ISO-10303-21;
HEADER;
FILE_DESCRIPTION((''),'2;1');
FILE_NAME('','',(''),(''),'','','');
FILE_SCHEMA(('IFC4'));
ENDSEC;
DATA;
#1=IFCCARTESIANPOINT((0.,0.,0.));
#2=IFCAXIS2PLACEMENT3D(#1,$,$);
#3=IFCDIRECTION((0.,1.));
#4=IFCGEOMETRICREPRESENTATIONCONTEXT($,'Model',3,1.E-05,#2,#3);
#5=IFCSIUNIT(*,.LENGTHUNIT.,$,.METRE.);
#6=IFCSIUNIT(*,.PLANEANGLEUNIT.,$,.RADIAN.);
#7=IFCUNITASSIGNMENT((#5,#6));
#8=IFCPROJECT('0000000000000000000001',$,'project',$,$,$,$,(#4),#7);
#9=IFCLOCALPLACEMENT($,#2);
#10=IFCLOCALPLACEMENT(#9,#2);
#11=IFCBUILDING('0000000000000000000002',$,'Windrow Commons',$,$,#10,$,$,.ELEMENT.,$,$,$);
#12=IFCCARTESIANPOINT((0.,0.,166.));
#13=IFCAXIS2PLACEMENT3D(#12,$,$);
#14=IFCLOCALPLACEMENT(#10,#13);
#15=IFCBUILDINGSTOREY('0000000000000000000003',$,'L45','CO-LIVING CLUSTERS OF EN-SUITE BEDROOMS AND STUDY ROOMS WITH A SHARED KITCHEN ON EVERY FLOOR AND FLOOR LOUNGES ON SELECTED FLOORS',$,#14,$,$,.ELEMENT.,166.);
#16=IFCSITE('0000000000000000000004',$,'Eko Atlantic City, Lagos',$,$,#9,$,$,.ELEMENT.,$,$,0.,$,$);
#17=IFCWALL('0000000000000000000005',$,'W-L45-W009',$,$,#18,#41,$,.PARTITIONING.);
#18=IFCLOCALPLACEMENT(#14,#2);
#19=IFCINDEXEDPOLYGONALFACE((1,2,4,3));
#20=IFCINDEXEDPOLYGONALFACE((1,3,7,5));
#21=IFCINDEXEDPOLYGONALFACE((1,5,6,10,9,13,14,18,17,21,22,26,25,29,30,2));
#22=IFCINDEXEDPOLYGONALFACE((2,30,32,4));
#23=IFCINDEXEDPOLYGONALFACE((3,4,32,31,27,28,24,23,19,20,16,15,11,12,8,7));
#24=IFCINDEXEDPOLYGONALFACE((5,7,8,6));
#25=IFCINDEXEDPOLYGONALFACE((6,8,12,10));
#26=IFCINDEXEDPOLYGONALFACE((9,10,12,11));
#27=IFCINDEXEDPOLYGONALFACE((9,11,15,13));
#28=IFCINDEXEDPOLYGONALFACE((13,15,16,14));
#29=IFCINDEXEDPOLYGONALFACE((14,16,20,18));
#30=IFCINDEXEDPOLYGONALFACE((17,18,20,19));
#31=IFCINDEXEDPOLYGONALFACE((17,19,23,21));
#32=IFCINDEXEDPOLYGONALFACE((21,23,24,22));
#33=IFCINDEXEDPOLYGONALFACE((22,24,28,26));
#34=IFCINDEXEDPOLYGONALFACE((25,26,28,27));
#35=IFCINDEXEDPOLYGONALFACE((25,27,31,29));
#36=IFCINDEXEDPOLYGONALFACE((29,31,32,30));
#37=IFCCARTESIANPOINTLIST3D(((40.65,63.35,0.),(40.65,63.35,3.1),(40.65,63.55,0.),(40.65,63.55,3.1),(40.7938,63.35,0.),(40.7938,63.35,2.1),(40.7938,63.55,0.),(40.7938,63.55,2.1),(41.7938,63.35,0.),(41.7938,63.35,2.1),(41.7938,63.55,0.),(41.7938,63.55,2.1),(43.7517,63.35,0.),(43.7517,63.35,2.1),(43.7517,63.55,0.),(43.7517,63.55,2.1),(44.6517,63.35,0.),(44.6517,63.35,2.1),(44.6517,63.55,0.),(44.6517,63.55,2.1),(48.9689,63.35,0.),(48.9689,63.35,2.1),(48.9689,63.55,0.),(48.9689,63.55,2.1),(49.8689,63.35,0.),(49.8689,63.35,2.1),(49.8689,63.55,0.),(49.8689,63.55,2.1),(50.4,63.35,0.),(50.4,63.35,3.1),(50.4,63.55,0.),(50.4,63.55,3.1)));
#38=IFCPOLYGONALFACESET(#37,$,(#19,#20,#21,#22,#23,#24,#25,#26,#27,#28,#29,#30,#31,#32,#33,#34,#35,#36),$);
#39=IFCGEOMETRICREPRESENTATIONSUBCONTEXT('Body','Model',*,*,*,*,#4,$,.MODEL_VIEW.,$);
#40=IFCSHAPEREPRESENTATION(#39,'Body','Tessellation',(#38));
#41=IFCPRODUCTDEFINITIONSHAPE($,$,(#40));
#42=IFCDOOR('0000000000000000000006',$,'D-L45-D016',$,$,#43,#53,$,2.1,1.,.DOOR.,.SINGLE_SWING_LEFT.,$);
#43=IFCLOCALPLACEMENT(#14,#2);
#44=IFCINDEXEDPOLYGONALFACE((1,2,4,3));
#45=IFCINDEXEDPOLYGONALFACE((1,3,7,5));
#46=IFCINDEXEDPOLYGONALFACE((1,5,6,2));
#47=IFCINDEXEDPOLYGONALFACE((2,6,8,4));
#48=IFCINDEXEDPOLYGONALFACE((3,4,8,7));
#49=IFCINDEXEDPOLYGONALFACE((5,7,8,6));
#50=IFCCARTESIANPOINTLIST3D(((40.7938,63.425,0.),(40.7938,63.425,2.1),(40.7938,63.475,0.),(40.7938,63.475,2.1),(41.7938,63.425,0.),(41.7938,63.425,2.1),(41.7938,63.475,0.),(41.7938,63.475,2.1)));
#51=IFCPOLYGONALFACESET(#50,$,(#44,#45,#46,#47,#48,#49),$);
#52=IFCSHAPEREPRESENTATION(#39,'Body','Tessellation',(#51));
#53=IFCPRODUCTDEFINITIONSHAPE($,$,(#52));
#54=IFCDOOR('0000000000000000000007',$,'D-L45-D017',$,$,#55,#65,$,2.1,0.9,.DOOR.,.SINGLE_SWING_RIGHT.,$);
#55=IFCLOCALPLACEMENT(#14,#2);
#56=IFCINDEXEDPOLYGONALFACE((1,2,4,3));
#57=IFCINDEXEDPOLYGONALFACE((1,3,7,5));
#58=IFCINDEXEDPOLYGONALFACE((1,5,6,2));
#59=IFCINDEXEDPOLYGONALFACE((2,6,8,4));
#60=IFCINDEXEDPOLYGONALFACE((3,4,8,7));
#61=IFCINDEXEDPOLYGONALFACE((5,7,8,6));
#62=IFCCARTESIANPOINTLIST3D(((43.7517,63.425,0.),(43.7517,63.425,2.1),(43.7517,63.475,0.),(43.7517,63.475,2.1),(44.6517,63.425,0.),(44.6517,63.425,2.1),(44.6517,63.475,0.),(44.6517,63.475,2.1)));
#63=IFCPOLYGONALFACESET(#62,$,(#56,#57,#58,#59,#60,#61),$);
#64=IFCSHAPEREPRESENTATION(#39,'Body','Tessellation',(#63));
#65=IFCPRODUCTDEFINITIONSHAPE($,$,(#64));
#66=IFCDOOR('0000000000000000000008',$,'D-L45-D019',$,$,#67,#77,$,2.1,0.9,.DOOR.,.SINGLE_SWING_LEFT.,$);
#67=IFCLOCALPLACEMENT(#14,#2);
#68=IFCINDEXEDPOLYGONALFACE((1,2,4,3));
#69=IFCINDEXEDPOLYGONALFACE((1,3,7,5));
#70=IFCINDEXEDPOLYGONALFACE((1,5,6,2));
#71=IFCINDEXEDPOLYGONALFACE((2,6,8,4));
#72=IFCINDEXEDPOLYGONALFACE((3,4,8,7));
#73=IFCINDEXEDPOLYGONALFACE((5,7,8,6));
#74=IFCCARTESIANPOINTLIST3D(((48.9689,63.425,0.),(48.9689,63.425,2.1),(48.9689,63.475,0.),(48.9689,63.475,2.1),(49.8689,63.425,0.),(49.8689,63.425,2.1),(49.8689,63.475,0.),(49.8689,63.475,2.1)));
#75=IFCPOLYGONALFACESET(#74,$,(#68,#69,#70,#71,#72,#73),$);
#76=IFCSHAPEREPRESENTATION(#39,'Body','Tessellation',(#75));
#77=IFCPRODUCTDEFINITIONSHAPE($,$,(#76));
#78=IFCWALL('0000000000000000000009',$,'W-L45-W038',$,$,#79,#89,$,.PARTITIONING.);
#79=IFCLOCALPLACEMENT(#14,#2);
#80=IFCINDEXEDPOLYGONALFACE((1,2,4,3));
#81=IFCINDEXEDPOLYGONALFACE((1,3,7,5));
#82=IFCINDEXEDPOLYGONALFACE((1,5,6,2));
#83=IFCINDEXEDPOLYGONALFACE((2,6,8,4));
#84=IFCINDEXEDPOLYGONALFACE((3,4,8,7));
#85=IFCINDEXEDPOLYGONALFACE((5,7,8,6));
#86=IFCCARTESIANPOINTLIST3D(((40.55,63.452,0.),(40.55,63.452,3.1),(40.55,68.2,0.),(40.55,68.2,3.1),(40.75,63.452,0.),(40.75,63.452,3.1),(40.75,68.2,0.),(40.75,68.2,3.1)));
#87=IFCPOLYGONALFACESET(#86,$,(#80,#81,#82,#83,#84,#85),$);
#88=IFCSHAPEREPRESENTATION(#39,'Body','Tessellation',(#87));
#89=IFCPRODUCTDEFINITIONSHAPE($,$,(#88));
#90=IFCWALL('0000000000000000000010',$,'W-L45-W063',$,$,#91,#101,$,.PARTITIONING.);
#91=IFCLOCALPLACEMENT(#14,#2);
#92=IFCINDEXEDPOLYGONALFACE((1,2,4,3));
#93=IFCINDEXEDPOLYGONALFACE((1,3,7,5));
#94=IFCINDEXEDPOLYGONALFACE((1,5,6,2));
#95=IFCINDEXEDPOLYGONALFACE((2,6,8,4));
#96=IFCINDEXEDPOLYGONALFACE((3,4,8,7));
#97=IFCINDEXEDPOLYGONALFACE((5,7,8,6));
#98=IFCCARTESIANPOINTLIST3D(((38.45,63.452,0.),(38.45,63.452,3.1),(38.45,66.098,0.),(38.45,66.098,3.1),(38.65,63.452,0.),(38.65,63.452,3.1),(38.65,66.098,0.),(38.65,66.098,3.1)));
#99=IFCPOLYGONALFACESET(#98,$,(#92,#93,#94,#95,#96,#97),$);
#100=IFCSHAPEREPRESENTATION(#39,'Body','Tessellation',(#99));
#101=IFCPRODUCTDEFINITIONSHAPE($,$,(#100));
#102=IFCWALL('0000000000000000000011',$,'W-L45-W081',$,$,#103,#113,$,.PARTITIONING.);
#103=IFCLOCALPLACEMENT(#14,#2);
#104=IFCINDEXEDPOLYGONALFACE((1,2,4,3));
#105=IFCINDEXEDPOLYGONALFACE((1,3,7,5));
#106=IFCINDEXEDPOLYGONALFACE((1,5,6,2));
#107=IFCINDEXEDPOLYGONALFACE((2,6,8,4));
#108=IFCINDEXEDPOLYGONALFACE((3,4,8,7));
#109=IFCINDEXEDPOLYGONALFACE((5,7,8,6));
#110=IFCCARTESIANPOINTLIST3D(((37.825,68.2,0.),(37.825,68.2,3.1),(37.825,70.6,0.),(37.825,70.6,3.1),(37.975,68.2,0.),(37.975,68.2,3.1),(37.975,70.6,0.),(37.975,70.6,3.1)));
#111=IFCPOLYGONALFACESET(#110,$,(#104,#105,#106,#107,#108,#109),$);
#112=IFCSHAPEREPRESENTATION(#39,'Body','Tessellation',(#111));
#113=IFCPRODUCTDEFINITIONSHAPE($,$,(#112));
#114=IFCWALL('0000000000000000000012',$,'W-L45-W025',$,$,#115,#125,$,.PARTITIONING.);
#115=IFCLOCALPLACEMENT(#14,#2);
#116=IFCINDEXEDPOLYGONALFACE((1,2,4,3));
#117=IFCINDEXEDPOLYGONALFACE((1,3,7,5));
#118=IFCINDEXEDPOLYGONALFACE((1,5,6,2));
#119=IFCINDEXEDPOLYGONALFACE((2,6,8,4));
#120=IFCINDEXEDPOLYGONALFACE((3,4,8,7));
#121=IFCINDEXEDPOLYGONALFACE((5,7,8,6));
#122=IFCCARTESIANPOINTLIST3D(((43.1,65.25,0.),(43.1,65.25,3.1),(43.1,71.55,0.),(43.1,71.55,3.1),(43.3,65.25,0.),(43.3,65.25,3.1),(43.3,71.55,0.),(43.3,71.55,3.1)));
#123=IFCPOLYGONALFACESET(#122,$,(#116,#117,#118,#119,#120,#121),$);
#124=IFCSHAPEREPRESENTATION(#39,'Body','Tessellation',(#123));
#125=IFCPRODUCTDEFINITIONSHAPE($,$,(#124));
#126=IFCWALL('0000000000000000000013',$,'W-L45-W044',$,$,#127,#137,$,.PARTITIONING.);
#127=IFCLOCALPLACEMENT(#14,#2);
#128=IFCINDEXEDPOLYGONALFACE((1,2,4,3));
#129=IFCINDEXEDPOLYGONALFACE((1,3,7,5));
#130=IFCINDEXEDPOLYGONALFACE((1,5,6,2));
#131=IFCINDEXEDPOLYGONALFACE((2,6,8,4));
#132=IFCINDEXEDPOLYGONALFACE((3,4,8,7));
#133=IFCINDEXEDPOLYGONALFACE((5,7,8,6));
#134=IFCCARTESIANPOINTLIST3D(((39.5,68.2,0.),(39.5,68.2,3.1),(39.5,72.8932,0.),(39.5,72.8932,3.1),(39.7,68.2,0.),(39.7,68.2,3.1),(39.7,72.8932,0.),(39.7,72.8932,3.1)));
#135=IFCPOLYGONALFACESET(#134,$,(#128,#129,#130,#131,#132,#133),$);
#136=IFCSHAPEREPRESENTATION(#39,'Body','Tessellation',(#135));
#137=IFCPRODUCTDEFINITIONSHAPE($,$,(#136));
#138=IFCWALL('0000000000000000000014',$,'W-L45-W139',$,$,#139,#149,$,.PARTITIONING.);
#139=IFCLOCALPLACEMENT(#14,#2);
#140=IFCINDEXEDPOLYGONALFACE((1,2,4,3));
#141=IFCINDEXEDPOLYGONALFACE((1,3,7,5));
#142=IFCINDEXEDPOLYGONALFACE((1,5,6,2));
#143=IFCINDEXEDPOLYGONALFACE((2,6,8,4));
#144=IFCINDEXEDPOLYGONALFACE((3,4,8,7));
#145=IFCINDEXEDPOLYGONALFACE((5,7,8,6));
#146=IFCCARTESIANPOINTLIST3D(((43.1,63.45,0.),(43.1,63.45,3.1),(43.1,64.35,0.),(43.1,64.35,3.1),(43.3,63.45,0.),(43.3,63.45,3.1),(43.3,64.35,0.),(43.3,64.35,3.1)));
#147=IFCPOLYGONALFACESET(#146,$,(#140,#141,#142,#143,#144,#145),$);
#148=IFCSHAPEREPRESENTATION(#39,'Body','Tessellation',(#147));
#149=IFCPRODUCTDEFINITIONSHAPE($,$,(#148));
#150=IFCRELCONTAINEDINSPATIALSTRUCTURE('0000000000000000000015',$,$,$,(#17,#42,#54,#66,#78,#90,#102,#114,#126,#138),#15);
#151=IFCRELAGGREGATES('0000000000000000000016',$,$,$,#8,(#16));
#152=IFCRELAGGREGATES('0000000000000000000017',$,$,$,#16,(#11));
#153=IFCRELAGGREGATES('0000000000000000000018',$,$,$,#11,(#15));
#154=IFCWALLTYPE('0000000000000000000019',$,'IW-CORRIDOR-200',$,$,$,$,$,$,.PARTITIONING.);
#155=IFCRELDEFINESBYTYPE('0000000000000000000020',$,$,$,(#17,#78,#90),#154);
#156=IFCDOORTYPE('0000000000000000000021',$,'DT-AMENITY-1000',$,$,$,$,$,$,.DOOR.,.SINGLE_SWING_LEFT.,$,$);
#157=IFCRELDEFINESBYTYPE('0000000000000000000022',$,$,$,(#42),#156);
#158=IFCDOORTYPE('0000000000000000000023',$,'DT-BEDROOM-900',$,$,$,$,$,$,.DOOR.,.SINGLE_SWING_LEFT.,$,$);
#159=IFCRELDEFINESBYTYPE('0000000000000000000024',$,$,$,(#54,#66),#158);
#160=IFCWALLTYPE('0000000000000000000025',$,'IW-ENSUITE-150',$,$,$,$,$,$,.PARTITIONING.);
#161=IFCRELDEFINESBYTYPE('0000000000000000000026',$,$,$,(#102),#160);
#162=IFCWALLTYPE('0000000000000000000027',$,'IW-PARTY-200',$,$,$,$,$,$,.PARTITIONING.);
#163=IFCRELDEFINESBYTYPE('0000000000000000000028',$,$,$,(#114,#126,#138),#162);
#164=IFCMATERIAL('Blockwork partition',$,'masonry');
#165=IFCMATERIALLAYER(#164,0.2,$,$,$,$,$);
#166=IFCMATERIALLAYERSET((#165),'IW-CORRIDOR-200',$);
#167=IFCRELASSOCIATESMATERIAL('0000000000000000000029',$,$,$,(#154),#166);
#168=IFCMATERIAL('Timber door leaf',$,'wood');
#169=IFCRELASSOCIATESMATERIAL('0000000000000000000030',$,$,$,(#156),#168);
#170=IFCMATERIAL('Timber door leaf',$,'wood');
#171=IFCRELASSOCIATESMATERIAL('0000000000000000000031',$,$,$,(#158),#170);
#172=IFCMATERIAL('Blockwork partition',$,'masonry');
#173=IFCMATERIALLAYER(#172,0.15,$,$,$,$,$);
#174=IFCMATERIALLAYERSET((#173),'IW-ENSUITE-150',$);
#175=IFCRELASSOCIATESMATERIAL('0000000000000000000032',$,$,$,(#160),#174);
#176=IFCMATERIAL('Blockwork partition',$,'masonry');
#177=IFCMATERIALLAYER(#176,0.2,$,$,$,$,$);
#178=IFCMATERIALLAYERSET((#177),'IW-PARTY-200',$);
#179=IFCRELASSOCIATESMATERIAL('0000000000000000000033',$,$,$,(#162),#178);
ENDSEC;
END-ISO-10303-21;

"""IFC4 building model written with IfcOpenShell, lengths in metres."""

from ifc_helpers import new_model, si_unit, direction, frame, frame_2d, origin, place, context, subcontext, project, spatial, rectangle, extrude, material, layer, layer_set, type_object, element, fill, save


model = new_model("IFC4")

# Units and contexts
model_context = context("Model", 3, precision=1e-05, world=origin(), true_north=direction((0.0, 1.0)))
body_context = subcontext(model_context, "Body", "Model", "MODEL_VIEW")
ifc_project = project(units=[si_unit("LENGTHUNIT", "METRE"), si_unit("PLANEANGLEUNIT", "RADIAN")], contexts=[model_context])

# Site, building, storey
site_placement = place(None, origin())
site = spatial("IfcSite", under=ifc_project, at=site_placement, Name="Eko Atlantic City, Lagos", CompositionType="ELEMENT", RefElevation=0.0)
building_placement = place(site_placement, origin())
building = spatial("IfcBuilding", under=site, at=building_placement, Name="Windrow Commons", CompositionType="ELEMENT")
storey_placement = place(building_placement, frame((0.0, 0.0, 166.0)))
storey = spatial("IfcBuildingStorey", under=building, at=storey_placement, Name="L45", Description="CO-LIVING CLUSTERS OF EN-SUITE BEDROOMS AND STUDY ROOMS WITH A SHARED KITCHEN ON EVERY FLOOR AND FLOOR LOUNGES ON SELECTED FLOORS", CompositionType="ELEMENT", Elevation=166.0)

# Wall, openings, doors
ifc_material_1 = material(Name="Blockwork partition", Category="masonry")
ifc_layer_1 = layer(ifc_material_1, 0.2)
ifc_layer_set_1 = layer_set([ifc_layer_1], Name="IW-CORRIDOR-200")
wall_type_1 = type_object("IfcWallType", Name="IW-CORRIDOR-200", PredefinedType="PARTITIONING", material=ifc_layer_set_1)
wall_1_placement = place(storey_placement, frame((40.65, 63.45, 0.0), z_axis=(0.0, 0.0, 1.0), x_axis=(1.0, 0.0, 0.0)))
wall_1 = element("IfcWall", 1, at=wall_1_placement, inside=storey, type_object=wall_type_1, Name="W-L45-W009", PredefinedType="PARTITIONING", context=body_context, shape_type="SweptSolid", body=[
    extrude(rectangle(XDim=9.75, YDim=0.2, at=frame_2d((4.875, 0.0))), origin(), (0.0, 0.0, 1.0), 3.1),
])
opening_1_placement = place(wall_1_placement, frame((0.1438, 0.0, 0.0)))
opening_1 = element("IfcOpeningElement", 2, at=opening_1_placement, cuts=wall_1, PredefinedType="OPENING", context=body_context, shape_type="SweptSolid", body=[
    extrude(rectangle(XDim=1.0, YDim=2.1, at=frame_2d((0.5, 1.05))), frame((0.0, 0.11, 0.0), z_axis=(0.0, -1.0, 0.0), x_axis=(1.0, 0.0, 0.0)), (0.0, 0.0, 1.0), 0.22),
])
opening_2_placement = place(wall_1_placement, frame((3.1017, 0.0, 0.0)))
opening_2 = element("IfcOpeningElement", 3, at=opening_2_placement, cuts=wall_1, PredefinedType="OPENING", context=body_context, shape_type="SweptSolid", body=[
    extrude(rectangle(XDim=0.9, YDim=2.1, at=frame_2d((0.45, 1.05))), frame((0.0, 0.11, 0.0), z_axis=(0.0, -1.0, 0.0), x_axis=(1.0, 0.0, 0.0)), (0.0, 0.0, 1.0), 0.22),
])
opening_3_placement = place(wall_1_placement, frame((8.3189, 0.0, 0.0)))
opening_3 = element("IfcOpeningElement", 4, at=opening_3_placement, cuts=wall_1, PredefinedType="OPENING", context=body_context, shape_type="SweptSolid", body=[
    extrude(rectangle(XDim=0.9, YDim=2.1, at=frame_2d((0.45, 1.05))), frame((0.0, 0.11, 0.0), z_axis=(0.0, -1.0, 0.0), x_axis=(1.0, 0.0, 0.0)), (0.0, 0.0, 1.0), 0.22),
])
ifc_material_2 = material(Name="Timber door leaf", Category="wood")
door_type_1 = type_object("IfcDoorType", Name="DT-AMENITY-1000", OperationType="SINGLE_SWING_LEFT", PredefinedType="DOOR", material=ifc_material_2)
door_1_placement = place(opening_1_placement, origin())
door_1 = element("IfcDoor", 5, at=door_1_placement, inside=storey, type_object=door_type_1, Name="D-L45-D016", OperationType="SINGLE_SWING_LEFT", OverallHeight=2.1, OverallWidth=1.0, PredefinedType="DOOR", context=body_context, shape_type="SweptSolid", body=[
    extrude(rectangle(XDim=1.0, YDim=2.1, at=frame_2d((0.5, 1.05))), frame((0.0, 0.025, 0.0), z_axis=(0.0, -1.0, 0.0), x_axis=(1.0, 0.0, 0.0)), (0.0, 0.0, 1.0), 0.05),
])
fill(opening_1, door_1)
ifc_material_3 = material(Name="Timber door leaf", Category="wood")
door_type_2 = type_object("IfcDoorType", Name="DT-BEDROOM-900", OperationType="SINGLE_SWING_LEFT", PredefinedType="DOOR", material=ifc_material_3)
door_2_placement = place(opening_2_placement, origin())
door_2 = element("IfcDoor", 6, at=door_2_placement, inside=storey, type_object=door_type_2, Name="D-L45-D017", OperationType="SINGLE_SWING_RIGHT", OverallHeight=2.1, OverallWidth=0.9, PredefinedType="DOOR", context=body_context, shape_type="SweptSolid", body=[
    extrude(rectangle(XDim=0.9, YDim=2.1, at=frame_2d((0.45, 1.05))), frame((0.0, 0.025, 0.0), z_axis=(0.0, -1.0, 0.0), x_axis=(1.0, 0.0, 0.0)), (0.0, 0.0, 1.0), 0.05),
])
fill(opening_2, door_2)
door_3_placement = place(opening_3_placement, origin())
door_3 = element("IfcDoor", 7, at=door_3_placement, inside=storey, type_object=door_type_2, Name="D-L45-D019", OperationType="SINGLE_SWING_LEFT", OverallHeight=2.1, OverallWidth=0.9, PredefinedType="DOOR", context=body_context, shape_type="SweptSolid", body=[
    extrude(rectangle(XDim=0.9, YDim=2.1, at=frame_2d((0.45, 1.05))), frame((0.0, 0.025, 0.0), z_axis=(0.0, -1.0, 0.0), x_axis=(1.0, 0.0, 0.0)), (0.0, 0.0, 1.0), 0.05),
])
fill(opening_3, door_3)

# Walls
wall_2_placement = place(storey_placement, frame((40.65, 63.452, 0.0), z_axis=(0.0, 0.0, 1.0), x_axis=(0.0, 1.0, 0.0)))
element("IfcWall", 8, at=wall_2_placement, inside=storey, type_object=wall_type_1, Name="W-L45-W038", PredefinedType="PARTITIONING", context=body_context, shape_type="SweptSolid", body=[
    extrude(rectangle(XDim=4.748, YDim=0.2, at=frame_2d((2.374, 0.0))), origin(), (0.0, 0.0, 1.0), 3.1),
])
wall_3_placement = place(storey_placement, frame((38.55, 63.452, 0.0), z_axis=(0.0, 0.0, 1.0), x_axis=(0.0, 1.0, 0.0)))
element("IfcWall", 9, at=wall_3_placement, inside=storey, type_object=wall_type_1, Name="W-L45-W063", PredefinedType="PARTITIONING", context=body_context, shape_type="SweptSolid", body=[
    extrude(rectangle(XDim=2.646, YDim=0.2, at=frame_2d((1.323, 0.0))), origin(), (0.0, 0.0, 1.0), 3.1),
])
ifc_material_4 = material(Name="Blockwork partition", Category="masonry")
ifc_layer_2 = layer(ifc_material_4, 0.15)
ifc_layer_set_2 = layer_set([ifc_layer_2], Name="IW-ENSUITE-150")
wall_type_2 = type_object("IfcWallType", Name="IW-ENSUITE-150", PredefinedType="PARTITIONING", material=ifc_layer_set_2)
wall_4_placement = place(storey_placement, frame((37.9, 68.2, 0.0), z_axis=(0.0, 0.0, 1.0), x_axis=(0.0, 1.0, 0.0)))
element("IfcWall", 10, at=wall_4_placement, inside=storey, type_object=wall_type_2, Name="W-L45-W081", PredefinedType="PARTITIONING", context=body_context, shape_type="SweptSolid", body=[
    extrude(rectangle(XDim=2.4, YDim=0.15, at=frame_2d((1.2, 0.0))), origin(), (0.0, 0.0, 1.0), 3.1),
])
ifc_material_5 = material(Name="Blockwork partition", Category="masonry")
ifc_layer_3 = layer(ifc_material_5, 0.2)
ifc_layer_set_3 = layer_set([ifc_layer_3], Name="IW-PARTY-200")
wall_type_3 = type_object("IfcWallType", Name="IW-PARTY-200", PredefinedType="PARTITIONING", material=ifc_layer_set_3)
wall_5_placement = place(storey_placement, frame((43.2, 65.25, 0.0), z_axis=(0.0, 0.0, 1.0), x_axis=(0.0, 1.0, 0.0)))
element("IfcWall", 11, at=wall_5_placement, inside=storey, type_object=wall_type_3, Name="W-L45-W025", PredefinedType="PARTITIONING", context=body_context, shape_type="SweptSolid", body=[
    extrude(rectangle(XDim=6.3, YDim=0.2, at=frame_2d((3.15, 0.0))), origin(), (0.0, 0.0, 1.0), 3.1),
])
wall_6_placement = place(storey_placement, frame((39.6, 68.2, 0.0), z_axis=(0.0, 0.0, 1.0), x_axis=(0.0, 1.0, 0.0)))
element("IfcWall", 12, at=wall_6_placement, inside=storey, type_object=wall_type_3, Name="W-L45-W044", PredefinedType="PARTITIONING", context=body_context, shape_type="SweptSolid", body=[
    extrude(rectangle(XDim=4.6931, YDim=0.2, at=frame_2d((2.3466, 0.0))), origin(), (0.0, 0.0, 1.0), 3.1),
])
wall_7_placement = place(storey_placement, frame((43.2, 63.45, 0.0), z_axis=(0.0, 0.0, 1.0), x_axis=(0.0, 1.0, 0.0)))
element("IfcWall", 13, at=wall_7_placement, inside=storey, type_object=wall_type_3, Name="W-L45-W139", PredefinedType="PARTITIONING", context=body_context, shape_type="SweptSolid", body=[
    extrude(rectangle(XDim=0.9, YDim=0.2, at=frame_2d((0.45, 0.0))), origin(), (0.0, 0.0, 1.0), 3.1),
])

save(model, "model.ifc")
